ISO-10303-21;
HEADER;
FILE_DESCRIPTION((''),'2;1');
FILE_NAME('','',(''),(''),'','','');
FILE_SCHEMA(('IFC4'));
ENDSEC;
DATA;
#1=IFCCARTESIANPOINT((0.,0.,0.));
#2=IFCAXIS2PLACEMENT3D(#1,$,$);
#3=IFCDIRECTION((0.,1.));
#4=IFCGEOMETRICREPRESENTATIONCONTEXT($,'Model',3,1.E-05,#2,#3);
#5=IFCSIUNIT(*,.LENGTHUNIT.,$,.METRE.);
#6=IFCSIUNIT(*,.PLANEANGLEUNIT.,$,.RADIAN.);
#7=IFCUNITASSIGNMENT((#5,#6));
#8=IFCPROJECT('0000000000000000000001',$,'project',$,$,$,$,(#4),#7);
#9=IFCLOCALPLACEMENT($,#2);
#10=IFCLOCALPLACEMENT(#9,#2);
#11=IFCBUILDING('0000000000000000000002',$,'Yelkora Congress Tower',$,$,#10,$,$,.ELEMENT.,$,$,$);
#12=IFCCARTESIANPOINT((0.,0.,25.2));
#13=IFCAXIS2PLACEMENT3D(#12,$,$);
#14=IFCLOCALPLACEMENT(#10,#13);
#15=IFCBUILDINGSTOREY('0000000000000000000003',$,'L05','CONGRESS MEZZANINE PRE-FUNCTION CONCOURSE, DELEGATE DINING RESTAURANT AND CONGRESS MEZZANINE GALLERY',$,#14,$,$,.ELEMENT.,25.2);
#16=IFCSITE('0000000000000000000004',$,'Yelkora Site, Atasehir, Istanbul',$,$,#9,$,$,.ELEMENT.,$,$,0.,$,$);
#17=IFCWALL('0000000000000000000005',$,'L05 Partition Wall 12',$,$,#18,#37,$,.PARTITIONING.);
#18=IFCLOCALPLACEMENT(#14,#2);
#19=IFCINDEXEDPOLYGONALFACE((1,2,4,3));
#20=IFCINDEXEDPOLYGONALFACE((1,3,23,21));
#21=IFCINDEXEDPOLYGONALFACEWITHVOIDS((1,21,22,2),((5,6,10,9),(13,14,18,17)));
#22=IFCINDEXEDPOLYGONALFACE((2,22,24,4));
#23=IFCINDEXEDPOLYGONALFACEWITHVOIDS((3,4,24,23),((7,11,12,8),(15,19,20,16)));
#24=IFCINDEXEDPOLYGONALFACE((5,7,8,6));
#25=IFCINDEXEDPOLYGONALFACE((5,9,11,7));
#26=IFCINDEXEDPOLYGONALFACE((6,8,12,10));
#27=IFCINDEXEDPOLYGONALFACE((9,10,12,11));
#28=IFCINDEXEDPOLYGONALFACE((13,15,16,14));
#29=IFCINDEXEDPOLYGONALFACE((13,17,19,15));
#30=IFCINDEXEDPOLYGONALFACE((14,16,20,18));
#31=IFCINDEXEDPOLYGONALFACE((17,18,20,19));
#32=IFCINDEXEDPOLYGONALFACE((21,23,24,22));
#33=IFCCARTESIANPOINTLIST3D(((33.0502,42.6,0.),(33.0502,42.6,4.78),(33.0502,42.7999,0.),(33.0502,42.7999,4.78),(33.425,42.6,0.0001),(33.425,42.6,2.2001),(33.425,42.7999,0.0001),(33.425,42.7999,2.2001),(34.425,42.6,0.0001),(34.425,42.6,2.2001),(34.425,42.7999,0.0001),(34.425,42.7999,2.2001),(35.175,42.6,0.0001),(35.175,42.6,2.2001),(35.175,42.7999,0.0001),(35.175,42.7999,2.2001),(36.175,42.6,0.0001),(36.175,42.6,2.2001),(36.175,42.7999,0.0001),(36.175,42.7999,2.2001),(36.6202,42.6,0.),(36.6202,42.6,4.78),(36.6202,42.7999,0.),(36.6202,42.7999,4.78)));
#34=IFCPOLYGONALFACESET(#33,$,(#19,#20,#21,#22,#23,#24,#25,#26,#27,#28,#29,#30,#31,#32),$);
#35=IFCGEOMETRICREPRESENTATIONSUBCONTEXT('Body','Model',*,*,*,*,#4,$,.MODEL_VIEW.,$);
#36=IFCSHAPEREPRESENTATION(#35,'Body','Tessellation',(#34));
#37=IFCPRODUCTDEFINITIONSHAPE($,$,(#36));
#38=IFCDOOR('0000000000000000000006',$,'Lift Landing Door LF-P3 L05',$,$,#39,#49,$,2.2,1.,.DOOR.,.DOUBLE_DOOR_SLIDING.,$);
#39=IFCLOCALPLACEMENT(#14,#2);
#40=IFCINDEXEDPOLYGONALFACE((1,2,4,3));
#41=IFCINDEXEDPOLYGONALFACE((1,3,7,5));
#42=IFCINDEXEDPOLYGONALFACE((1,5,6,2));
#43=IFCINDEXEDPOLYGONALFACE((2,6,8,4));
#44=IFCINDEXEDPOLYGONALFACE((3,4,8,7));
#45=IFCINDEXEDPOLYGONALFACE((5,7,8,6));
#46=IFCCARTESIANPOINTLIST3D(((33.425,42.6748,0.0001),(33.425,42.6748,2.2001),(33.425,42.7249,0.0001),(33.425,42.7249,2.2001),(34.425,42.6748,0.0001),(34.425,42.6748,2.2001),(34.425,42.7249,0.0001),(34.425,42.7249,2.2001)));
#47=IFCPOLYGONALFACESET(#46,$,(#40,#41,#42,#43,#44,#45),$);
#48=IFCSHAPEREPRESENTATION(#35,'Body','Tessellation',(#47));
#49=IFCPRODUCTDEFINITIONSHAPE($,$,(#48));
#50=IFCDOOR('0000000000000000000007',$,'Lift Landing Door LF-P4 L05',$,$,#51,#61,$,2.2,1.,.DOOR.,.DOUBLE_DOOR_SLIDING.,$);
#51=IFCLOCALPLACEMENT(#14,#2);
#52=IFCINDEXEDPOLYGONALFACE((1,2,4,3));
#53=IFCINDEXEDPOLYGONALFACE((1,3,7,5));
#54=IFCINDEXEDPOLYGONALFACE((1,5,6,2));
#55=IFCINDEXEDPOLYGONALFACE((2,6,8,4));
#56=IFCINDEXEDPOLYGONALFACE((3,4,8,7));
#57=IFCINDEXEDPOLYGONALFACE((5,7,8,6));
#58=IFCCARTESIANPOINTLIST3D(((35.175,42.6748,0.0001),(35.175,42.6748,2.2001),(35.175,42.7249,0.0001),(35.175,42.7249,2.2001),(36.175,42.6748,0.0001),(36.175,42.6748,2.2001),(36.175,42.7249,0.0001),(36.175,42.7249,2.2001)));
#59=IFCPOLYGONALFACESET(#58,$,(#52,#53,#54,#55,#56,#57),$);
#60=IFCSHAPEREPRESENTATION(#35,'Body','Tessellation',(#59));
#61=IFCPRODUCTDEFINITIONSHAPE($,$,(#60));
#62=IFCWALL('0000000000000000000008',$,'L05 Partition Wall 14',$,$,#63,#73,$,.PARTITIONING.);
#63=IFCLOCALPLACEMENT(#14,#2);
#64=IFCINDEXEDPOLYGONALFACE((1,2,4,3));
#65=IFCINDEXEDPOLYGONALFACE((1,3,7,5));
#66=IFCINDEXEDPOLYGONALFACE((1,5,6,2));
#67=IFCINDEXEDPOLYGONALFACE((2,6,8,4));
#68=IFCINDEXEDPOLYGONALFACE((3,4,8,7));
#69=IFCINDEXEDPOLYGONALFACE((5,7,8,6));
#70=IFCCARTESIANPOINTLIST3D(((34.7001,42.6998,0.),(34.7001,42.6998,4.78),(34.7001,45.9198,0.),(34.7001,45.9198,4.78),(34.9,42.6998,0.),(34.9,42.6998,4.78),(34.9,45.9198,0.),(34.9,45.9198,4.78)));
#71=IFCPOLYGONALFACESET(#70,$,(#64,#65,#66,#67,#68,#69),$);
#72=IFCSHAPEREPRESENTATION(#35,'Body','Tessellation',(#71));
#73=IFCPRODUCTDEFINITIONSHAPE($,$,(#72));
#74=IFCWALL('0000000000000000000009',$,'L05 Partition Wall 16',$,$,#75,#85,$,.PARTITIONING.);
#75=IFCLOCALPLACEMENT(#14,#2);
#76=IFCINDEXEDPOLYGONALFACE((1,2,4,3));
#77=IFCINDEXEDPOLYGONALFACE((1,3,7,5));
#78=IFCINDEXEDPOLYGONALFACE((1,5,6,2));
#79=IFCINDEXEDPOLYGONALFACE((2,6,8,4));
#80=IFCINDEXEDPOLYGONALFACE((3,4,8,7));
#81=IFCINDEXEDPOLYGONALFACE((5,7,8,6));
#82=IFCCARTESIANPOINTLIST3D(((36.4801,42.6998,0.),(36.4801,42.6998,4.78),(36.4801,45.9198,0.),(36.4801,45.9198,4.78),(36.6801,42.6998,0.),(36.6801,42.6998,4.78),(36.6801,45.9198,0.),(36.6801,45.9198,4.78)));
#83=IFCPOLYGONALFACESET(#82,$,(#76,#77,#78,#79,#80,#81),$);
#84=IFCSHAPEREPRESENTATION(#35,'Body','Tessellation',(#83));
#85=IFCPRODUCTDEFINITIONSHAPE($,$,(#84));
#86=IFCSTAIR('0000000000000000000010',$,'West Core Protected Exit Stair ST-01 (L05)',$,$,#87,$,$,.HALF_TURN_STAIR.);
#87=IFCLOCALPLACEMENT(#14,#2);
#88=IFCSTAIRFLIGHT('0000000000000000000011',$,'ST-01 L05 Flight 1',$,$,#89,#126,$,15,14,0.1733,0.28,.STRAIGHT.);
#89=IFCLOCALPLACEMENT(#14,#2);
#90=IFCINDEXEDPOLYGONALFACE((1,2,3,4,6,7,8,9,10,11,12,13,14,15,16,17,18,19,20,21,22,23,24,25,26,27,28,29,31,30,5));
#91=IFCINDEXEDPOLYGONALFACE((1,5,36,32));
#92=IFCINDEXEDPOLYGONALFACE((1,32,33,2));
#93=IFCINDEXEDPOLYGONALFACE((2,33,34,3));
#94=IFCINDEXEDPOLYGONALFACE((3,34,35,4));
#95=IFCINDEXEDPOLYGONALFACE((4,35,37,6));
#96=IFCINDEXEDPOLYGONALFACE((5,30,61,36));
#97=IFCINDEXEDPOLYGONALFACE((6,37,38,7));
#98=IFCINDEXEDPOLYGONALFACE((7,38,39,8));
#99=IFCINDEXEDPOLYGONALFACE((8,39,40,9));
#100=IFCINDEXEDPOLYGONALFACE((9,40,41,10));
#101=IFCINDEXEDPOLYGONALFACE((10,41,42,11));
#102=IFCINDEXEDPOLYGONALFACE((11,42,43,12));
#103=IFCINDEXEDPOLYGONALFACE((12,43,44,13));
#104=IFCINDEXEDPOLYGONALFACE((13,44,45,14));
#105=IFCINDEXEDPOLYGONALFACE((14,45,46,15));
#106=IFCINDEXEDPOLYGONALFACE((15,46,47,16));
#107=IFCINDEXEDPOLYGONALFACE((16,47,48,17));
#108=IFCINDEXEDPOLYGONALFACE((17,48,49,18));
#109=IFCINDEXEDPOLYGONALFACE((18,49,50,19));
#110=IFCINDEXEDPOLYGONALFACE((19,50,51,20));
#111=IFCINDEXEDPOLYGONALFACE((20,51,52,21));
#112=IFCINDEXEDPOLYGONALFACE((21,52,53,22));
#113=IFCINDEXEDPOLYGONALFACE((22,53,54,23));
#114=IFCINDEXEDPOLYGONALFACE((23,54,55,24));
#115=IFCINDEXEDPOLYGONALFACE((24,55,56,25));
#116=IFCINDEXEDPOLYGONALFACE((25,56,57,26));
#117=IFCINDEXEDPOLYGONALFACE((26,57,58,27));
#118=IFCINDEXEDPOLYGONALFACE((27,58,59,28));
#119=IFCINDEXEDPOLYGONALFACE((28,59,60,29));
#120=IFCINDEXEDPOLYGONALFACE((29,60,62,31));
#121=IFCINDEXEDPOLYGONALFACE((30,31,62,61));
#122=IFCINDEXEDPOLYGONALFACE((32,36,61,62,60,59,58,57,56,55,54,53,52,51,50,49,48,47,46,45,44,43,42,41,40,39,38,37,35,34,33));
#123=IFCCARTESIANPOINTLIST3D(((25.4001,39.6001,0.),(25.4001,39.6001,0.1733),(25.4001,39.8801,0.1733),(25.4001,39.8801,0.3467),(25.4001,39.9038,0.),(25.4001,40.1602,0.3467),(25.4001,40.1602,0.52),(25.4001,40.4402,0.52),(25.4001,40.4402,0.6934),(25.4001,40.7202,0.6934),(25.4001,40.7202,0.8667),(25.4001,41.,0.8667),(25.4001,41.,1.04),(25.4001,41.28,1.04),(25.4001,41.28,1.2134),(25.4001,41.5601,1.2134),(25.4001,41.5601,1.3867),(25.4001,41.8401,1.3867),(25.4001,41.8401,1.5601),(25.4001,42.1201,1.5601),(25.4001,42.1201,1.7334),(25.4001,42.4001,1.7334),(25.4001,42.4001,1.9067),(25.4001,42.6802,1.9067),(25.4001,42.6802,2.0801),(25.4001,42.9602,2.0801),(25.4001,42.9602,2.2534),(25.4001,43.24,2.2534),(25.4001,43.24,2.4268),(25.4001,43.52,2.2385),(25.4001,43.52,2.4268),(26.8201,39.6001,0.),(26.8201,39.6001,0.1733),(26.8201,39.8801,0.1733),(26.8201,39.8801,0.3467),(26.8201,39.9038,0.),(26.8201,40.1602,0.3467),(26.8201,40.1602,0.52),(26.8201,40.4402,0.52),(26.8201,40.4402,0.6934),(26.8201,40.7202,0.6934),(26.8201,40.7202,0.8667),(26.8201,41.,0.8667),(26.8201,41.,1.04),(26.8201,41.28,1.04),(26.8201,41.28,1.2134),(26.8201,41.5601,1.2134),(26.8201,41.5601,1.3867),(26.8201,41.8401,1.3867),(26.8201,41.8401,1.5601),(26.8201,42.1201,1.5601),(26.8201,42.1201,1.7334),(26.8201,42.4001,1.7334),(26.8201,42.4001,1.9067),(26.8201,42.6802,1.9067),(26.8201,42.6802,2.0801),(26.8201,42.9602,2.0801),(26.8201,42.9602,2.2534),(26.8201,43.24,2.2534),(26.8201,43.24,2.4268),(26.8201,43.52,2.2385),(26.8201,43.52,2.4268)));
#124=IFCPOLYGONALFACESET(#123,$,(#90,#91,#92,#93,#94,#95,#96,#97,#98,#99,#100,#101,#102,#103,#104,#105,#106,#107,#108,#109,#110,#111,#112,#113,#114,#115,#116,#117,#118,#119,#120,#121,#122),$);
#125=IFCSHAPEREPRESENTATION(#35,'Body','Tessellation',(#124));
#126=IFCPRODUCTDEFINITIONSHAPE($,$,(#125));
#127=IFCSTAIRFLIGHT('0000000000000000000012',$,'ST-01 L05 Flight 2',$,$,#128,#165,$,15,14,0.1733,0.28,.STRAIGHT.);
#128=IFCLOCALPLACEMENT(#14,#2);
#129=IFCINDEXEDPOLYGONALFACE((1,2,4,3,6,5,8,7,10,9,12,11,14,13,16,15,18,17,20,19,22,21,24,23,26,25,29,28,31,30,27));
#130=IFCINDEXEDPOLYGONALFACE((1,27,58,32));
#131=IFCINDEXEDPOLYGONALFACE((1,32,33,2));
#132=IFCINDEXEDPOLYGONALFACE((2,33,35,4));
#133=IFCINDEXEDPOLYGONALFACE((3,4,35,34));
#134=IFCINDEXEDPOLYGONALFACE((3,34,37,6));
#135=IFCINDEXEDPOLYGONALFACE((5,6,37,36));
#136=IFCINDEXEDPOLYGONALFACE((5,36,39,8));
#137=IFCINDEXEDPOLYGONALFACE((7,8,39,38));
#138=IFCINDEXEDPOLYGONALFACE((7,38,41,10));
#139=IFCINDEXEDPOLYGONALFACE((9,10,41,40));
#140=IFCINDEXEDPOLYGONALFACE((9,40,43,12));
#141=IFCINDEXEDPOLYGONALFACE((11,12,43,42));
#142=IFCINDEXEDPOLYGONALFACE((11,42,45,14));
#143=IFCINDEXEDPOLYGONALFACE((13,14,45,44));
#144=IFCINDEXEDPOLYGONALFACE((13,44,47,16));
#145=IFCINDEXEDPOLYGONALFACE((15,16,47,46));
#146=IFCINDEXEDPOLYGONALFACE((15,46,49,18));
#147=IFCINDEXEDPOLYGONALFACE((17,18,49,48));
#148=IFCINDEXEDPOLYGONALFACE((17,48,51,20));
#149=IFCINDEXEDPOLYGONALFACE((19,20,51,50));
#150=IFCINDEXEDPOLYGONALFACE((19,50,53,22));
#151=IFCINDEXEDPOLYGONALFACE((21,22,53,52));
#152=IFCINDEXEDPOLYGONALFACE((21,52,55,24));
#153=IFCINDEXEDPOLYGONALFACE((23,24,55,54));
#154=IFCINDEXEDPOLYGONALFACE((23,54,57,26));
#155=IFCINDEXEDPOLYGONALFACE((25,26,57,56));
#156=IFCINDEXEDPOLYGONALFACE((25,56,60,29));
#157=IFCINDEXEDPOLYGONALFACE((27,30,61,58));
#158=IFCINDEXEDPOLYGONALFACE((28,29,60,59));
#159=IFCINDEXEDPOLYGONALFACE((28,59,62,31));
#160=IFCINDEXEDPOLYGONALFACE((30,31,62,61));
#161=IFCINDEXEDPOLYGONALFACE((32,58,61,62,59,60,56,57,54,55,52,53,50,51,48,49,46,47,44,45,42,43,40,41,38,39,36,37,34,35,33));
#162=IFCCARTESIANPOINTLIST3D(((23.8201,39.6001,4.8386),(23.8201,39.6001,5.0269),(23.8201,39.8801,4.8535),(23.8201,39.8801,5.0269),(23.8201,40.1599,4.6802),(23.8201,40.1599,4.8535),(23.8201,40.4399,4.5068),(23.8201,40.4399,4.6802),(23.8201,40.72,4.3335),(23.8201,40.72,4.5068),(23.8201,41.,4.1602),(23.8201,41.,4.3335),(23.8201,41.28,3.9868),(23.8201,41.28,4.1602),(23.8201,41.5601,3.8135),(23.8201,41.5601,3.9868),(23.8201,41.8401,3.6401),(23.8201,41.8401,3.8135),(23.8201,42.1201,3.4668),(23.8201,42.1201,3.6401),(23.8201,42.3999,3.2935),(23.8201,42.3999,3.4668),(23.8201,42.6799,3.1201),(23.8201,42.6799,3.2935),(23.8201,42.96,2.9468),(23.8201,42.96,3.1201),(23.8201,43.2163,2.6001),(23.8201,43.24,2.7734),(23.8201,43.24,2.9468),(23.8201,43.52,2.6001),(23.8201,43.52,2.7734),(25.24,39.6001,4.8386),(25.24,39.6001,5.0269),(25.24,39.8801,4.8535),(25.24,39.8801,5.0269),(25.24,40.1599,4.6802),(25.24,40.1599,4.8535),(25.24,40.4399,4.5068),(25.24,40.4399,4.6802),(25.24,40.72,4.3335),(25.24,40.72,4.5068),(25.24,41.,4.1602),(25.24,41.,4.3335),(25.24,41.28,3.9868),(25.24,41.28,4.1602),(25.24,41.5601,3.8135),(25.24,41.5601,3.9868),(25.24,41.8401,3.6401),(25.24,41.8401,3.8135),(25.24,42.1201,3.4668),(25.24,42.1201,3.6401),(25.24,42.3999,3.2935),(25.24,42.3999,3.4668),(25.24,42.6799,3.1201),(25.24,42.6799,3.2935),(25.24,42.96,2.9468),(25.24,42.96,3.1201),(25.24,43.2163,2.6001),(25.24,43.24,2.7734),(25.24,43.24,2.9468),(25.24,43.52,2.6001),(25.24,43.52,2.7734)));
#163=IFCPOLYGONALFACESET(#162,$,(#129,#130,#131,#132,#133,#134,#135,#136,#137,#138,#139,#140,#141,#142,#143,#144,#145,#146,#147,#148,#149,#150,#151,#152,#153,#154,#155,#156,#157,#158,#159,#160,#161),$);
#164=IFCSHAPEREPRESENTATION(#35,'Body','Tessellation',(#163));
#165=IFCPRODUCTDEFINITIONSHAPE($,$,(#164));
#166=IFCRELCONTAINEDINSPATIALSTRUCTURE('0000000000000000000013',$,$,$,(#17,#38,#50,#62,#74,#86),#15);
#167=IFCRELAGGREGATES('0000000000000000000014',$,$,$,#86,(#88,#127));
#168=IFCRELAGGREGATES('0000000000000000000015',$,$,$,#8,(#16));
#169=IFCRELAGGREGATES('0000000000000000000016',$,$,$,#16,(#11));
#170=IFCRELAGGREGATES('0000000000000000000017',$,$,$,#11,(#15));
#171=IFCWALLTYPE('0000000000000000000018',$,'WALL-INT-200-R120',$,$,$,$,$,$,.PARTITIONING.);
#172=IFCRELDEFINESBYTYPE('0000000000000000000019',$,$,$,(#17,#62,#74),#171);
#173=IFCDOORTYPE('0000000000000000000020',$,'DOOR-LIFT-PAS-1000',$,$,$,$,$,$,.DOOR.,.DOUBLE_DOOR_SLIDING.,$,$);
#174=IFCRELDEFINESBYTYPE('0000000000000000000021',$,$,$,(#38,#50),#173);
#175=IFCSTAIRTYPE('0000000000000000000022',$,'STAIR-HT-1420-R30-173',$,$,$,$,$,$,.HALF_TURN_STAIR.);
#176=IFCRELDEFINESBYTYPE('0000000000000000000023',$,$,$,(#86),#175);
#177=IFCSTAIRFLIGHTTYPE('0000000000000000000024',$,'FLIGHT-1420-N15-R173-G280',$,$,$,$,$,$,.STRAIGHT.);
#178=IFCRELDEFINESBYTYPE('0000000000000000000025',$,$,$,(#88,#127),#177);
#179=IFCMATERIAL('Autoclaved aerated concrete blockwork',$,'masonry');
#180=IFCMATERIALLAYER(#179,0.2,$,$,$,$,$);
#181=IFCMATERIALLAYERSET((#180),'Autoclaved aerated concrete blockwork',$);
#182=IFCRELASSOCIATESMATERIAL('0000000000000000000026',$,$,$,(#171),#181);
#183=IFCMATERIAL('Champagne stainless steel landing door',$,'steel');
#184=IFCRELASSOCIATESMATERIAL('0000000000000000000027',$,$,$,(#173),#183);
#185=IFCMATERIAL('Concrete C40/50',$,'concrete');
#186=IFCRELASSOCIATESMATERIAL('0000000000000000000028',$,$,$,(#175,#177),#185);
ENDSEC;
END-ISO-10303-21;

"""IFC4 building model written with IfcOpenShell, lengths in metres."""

from ifc_helpers import new_model, si_unit, direction, frame, frame_2d, origin, place, context, subcontext, project, spatial, polyline, rectangle, outline, extrude, material, layer, layer_set, type_object, element, fill, aggregate, save


model = new_model("IFC4")

# Units and contexts
model_context = context("Model", 3, precision=1e-05, world=origin(), true_north=direction((0.0, 1.0)))
body_context = subcontext(model_context, "Body", "Model", "MODEL_VIEW")
ifc_project = project(units=[si_unit("LENGTHUNIT", "METRE"), si_unit("PLANEANGLEUNIT", "RADIAN")], contexts=[model_context])

# Site, building, storey
site_placement = place(None, origin())
site = spatial("IfcSite", under=ifc_project, at=site_placement, Name="Yelkora Site, Atasehir, Istanbul", CompositionType="ELEMENT", RefElevation=0.0)
building_placement = place(site_placement, origin())
building = spatial("IfcBuilding", under=site, at=building_placement, Name="Yelkora Congress Tower", CompositionType="ELEMENT")
storey_placement = place(building_placement, frame((0.0, 0.0, 25.2)))
storey = spatial("IfcBuildingStorey", under=building, at=storey_placement, Name="L05", Description="CONGRESS MEZZANINE PRE-FUNCTION CONCOURSE, DELEGATE DINING RESTAURANT AND CONGRESS MEZZANINE GALLERY", CompositionType="ELEMENT", Elevation=25.2)

# Shared definitions
ifc_material_1 = material(Name="Autoclaved aerated concrete blockwork", Category="masonry")
ifc_layer_1 = layer(ifc_material_1, 0.2)
ifc_layer_set_1 = layer_set([ifc_layer_1], Name="Autoclaved aerated concrete blockwork")
wall_type = type_object("IfcWallType", Name="WALL-INT-200-R120", PredefinedType="PARTITIONING", material=ifc_layer_set_1)

# Wall, openings, doors
wall_1_placement = place(storey_placement, frame((33.05, 42.7, 0.0), z_axis=(0.0, 0.0, 1.0), x_axis=(1.0, 0.0, 0.0)))
wall_1 = element("IfcWall", 1, at=wall_1_placement, inside=storey, type_object=wall_type, Name="L05 Partition Wall 12", PredefinedType="PARTITIONING", context=body_context, shape_type="SweptSolid", body=[
    extrude(rectangle(XDim=3.5701, YDim=0.2, at=frame_2d((1.7852, 0.0))), origin(), (0.0, 0.0, 1.0), 4.78),
])
opening_1_placement = place(wall_1_placement, frame((0.375, 0.0, 0.0)))
opening_1 = element("IfcOpeningElement", 2, at=opening_1_placement, cuts=wall_1, PredefinedType="OPENING", context=body_context, shape_type="SweptSolid", body=[
    extrude(rectangle(XDim=1.0, YDim=2.2, at=frame_2d((0.5, 1.1001))), frame((0.0, 0.1099, 0.0), z_axis=(0.0, -1.0, 0.0), x_axis=(1.0, 0.0, 0.0)), (0.0, 0.0, 1.0), 0.22),
])
opening_2_placement = place(wall_1_placement, frame((2.125, 0.0, 0.0)))
opening_2 = element("IfcOpeningElement", 3, at=opening_2_placement, cuts=wall_1, PredefinedType="OPENING", context=body_context, shape_type="SweptSolid", body=[
    extrude(rectangle(XDim=1.0, YDim=2.2, at=frame_2d((0.5, 1.1001))), frame((0.0, 0.1099, 0.0), z_axis=(0.0, -1.0, 0.0), x_axis=(1.0, 0.0, 0.0)), (0.0, 0.0, 1.0), 0.22),
])
ifc_material_2 = material(Name="Champagne stainless steel landing door", Category="steel")
door_type_1 = type_object("IfcDoorType", Name="DOOR-LIFT-PAS-1000", OperationType="DOUBLE_DOOR_SLIDING", PredefinedType="DOOR", material=ifc_material_2)
door_1_placement = place(opening_1_placement, origin())
door_1 = element("IfcDoor", 4, at=door_1_placement, inside=storey, type_object=door_type_1, Name="Lift Landing Door LF-P3 L05", OperationType="DOUBLE_DOOR_SLIDING", OverallHeight=2.2, OverallWidth=1.0, PredefinedType="DOOR", context=body_context, shape_type="SweptSolid", body=[
    extrude(rectangle(XDim=1.0, YDim=2.2, at=frame_2d((0.5, 1.1001))), frame((0.0, 0.0249, 0.0), z_axis=(0.0, -1.0, 0.0), x_axis=(1.0, 0.0, 0.0)), (0.0, 0.0, 1.0), 0.05),
])
fill(opening_1, door_1)
door_2_placement = place(opening_2_placement, origin())
door_2 = element("IfcDoor", 5, at=door_2_placement, inside=storey, type_object=door_type_1, Name="Lift Landing Door LF-P4 L05", OperationType="DOUBLE_DOOR_SLIDING", OverallHeight=2.2, OverallWidth=1.0, PredefinedType="DOOR", context=body_context, shape_type="SweptSolid", body=[
    extrude(rectangle(XDim=1.0, YDim=2.2, at=frame_2d((0.5, 1.1001))), frame((0.0, 0.0249, 0.0), z_axis=(0.0, -1.0, 0.0), x_axis=(1.0, 0.0, 0.0)), (0.0, 0.0, 1.0), 0.05),
])
fill(opening_2, door_2)

# Walls
for number, where, z_axis, x_axis, name in (
    (6, (34.8, 42.7, 0.0), (0.0, 0.0, 1.0), (0.0, 1.0, 0.0), "L05 Partition Wall 14"),
    (7, (36.5801, 42.7, 0.0), (0.0, 0.0, 1.0), (0.0, 1.0, 0.0), "L05 Partition Wall 16"),
):
    element("IfcWall", number, at=place(storey_placement, frame(where, z_axis=z_axis, x_axis=x_axis)), inside=storey, type_object=wall_type, Name=name, PredefinedType="PARTITIONING", context=body_context, shape_type="SweptSolid", body=[
        extrude(rectangle(XDim=3.22, YDim=0.2, at=frame_2d((1.6099, 0.0))), origin(), (0.0, 0.0, 1.0), 4.78),
    ])

# Stair, stair flights
ifc_material_3 = material(Name="Concrete C40/50", Category="concrete")
stair_type = type_object("IfcStairType", Name="STAIR-HT-1420-R30-173", PredefinedType="HALF_TURN_STAIR", material=ifc_material_3)
stair_placement = place(storey_placement, origin())
stair = element("IfcStair", 8, at=stair_placement, inside=storey, type_object=stair_type, Name="West Core Protected Exit Stair ST-01 (L05)", PredefinedType="HALF_TURN_STAIR")
stair_flight_type = type_object("IfcStairFlightType", Name="FLIGHT-1420-N15-R173-G280", PredefinedType="STRAIGHT", material=ifc_material_3)
stair_flight_1_placement = place(storey_placement, frame((26.1101, 39.6001, 0.0), z_axis=(0.0, 0.0, 1.0), x_axis=(0.0, 1.0, 0.0)))
stair_flight_1 = element("IfcStairFlight", 9, at=stair_flight_1_placement, type_object=stair_flight_type, Name="ST-01 L05 Flight 1", NumberOfRisers=15, NumberOfTreads=14, PredefinedType="STRAIGHT", RiserHeight=0.1733, TreadLength=0.28, context=body_context, shape_type="SweptSolid", body=[
    extrude(outline(polyline([(0.0, 0.0), (0.0, 0.1733), (0.28, 0.1733), (0.28, 0.3467), (0.5601, 0.3467), (0.5601, 0.52), (0.8401, 0.52), (0.8401, 0.6934), (1.1201, 0.6934), (1.1201, 0.8667), (1.3999, 0.8667), (1.3999, 1.04), (1.6799, 1.04), (1.6799, 1.2134), (1.96, 1.2134), (1.96, 1.3867), (2.24, 1.3867), (2.24, 1.5601), (2.52, 1.5601), (2.52, 1.7334), (2.8, 1.7334), (2.8, 1.9067), (3.0801, 1.9067), (3.0801, 2.0801), (3.3601, 2.0801), (3.3601, 2.2534), (3.6399, 2.2534), (3.6399, 2.4268), (3.9199, 2.4268), (3.9199, 2.6001), (3.9199, 2.2385), (0.3037, 0.0), (0.0, 0.0)])), frame((0.0, 0.71, 0.0), z_axis=(0.0, -1.0, 0.0), x_axis=(1.0, 0.0, 0.0)), (0.0, 0.0, 1.0), 1.4199),
])
stair_flight_2_placement = place(storey_placement, frame((24.53, 43.52, 2.6001), z_axis=(0.0, 0.0, 1.0), x_axis=(0.0, -1.0, 0.0)))
stair_flight_2 = element("IfcStairFlight", 10, at=stair_flight_2_placement, type_object=stair_flight_type, Name="ST-01 L05 Flight 2", NumberOfRisers=15, NumberOfTreads=14, PredefinedType="STRAIGHT", RiserHeight=0.1733, TreadLength=0.28, context=body_context, shape_type="SweptSolid", body=[
    extrude(outline(polyline([(0.0, 0.0), (0.0, 0.1733), (0.28, 0.1733), (0.28, 0.3467), (0.5601, 0.3467), (0.5601, 0.52), (0.8401, 0.52), (0.8401, 0.6934), (1.1201, 0.6934), (1.1201, 0.8667), (1.3999, 0.8667), (1.3999, 1.04), (1.6799, 1.04), (1.6799, 1.2134), (1.96, 1.2134), (1.96, 1.3867), (2.24, 1.3867), (2.24, 1.5601), (2.52, 1.5601), (2.52, 1.7334), (2.8, 1.7334), (2.8, 1.9067), (3.0801, 1.9067), (3.0801, 2.0801), (3.3601, 2.0801), (3.3601, 2.2534), (3.6399, 2.2534), (3.6399, 2.4268), (3.9199, 2.4268), (3.9199, 2.6001), (3.9199, 2.2385), (0.3037, 0.0), (0.0, 0.0)])), frame((0.0, 0.71, 0.0), z_axis=(0.0, -1.0, 0.0), x_axis=(1.0, 0.0, 0.0)), (0.0, 0.0, 1.0), 1.4199),
])
aggregate(stair, [stair_flight_1, stair_flight_2])

save(model, "model.ifc")
